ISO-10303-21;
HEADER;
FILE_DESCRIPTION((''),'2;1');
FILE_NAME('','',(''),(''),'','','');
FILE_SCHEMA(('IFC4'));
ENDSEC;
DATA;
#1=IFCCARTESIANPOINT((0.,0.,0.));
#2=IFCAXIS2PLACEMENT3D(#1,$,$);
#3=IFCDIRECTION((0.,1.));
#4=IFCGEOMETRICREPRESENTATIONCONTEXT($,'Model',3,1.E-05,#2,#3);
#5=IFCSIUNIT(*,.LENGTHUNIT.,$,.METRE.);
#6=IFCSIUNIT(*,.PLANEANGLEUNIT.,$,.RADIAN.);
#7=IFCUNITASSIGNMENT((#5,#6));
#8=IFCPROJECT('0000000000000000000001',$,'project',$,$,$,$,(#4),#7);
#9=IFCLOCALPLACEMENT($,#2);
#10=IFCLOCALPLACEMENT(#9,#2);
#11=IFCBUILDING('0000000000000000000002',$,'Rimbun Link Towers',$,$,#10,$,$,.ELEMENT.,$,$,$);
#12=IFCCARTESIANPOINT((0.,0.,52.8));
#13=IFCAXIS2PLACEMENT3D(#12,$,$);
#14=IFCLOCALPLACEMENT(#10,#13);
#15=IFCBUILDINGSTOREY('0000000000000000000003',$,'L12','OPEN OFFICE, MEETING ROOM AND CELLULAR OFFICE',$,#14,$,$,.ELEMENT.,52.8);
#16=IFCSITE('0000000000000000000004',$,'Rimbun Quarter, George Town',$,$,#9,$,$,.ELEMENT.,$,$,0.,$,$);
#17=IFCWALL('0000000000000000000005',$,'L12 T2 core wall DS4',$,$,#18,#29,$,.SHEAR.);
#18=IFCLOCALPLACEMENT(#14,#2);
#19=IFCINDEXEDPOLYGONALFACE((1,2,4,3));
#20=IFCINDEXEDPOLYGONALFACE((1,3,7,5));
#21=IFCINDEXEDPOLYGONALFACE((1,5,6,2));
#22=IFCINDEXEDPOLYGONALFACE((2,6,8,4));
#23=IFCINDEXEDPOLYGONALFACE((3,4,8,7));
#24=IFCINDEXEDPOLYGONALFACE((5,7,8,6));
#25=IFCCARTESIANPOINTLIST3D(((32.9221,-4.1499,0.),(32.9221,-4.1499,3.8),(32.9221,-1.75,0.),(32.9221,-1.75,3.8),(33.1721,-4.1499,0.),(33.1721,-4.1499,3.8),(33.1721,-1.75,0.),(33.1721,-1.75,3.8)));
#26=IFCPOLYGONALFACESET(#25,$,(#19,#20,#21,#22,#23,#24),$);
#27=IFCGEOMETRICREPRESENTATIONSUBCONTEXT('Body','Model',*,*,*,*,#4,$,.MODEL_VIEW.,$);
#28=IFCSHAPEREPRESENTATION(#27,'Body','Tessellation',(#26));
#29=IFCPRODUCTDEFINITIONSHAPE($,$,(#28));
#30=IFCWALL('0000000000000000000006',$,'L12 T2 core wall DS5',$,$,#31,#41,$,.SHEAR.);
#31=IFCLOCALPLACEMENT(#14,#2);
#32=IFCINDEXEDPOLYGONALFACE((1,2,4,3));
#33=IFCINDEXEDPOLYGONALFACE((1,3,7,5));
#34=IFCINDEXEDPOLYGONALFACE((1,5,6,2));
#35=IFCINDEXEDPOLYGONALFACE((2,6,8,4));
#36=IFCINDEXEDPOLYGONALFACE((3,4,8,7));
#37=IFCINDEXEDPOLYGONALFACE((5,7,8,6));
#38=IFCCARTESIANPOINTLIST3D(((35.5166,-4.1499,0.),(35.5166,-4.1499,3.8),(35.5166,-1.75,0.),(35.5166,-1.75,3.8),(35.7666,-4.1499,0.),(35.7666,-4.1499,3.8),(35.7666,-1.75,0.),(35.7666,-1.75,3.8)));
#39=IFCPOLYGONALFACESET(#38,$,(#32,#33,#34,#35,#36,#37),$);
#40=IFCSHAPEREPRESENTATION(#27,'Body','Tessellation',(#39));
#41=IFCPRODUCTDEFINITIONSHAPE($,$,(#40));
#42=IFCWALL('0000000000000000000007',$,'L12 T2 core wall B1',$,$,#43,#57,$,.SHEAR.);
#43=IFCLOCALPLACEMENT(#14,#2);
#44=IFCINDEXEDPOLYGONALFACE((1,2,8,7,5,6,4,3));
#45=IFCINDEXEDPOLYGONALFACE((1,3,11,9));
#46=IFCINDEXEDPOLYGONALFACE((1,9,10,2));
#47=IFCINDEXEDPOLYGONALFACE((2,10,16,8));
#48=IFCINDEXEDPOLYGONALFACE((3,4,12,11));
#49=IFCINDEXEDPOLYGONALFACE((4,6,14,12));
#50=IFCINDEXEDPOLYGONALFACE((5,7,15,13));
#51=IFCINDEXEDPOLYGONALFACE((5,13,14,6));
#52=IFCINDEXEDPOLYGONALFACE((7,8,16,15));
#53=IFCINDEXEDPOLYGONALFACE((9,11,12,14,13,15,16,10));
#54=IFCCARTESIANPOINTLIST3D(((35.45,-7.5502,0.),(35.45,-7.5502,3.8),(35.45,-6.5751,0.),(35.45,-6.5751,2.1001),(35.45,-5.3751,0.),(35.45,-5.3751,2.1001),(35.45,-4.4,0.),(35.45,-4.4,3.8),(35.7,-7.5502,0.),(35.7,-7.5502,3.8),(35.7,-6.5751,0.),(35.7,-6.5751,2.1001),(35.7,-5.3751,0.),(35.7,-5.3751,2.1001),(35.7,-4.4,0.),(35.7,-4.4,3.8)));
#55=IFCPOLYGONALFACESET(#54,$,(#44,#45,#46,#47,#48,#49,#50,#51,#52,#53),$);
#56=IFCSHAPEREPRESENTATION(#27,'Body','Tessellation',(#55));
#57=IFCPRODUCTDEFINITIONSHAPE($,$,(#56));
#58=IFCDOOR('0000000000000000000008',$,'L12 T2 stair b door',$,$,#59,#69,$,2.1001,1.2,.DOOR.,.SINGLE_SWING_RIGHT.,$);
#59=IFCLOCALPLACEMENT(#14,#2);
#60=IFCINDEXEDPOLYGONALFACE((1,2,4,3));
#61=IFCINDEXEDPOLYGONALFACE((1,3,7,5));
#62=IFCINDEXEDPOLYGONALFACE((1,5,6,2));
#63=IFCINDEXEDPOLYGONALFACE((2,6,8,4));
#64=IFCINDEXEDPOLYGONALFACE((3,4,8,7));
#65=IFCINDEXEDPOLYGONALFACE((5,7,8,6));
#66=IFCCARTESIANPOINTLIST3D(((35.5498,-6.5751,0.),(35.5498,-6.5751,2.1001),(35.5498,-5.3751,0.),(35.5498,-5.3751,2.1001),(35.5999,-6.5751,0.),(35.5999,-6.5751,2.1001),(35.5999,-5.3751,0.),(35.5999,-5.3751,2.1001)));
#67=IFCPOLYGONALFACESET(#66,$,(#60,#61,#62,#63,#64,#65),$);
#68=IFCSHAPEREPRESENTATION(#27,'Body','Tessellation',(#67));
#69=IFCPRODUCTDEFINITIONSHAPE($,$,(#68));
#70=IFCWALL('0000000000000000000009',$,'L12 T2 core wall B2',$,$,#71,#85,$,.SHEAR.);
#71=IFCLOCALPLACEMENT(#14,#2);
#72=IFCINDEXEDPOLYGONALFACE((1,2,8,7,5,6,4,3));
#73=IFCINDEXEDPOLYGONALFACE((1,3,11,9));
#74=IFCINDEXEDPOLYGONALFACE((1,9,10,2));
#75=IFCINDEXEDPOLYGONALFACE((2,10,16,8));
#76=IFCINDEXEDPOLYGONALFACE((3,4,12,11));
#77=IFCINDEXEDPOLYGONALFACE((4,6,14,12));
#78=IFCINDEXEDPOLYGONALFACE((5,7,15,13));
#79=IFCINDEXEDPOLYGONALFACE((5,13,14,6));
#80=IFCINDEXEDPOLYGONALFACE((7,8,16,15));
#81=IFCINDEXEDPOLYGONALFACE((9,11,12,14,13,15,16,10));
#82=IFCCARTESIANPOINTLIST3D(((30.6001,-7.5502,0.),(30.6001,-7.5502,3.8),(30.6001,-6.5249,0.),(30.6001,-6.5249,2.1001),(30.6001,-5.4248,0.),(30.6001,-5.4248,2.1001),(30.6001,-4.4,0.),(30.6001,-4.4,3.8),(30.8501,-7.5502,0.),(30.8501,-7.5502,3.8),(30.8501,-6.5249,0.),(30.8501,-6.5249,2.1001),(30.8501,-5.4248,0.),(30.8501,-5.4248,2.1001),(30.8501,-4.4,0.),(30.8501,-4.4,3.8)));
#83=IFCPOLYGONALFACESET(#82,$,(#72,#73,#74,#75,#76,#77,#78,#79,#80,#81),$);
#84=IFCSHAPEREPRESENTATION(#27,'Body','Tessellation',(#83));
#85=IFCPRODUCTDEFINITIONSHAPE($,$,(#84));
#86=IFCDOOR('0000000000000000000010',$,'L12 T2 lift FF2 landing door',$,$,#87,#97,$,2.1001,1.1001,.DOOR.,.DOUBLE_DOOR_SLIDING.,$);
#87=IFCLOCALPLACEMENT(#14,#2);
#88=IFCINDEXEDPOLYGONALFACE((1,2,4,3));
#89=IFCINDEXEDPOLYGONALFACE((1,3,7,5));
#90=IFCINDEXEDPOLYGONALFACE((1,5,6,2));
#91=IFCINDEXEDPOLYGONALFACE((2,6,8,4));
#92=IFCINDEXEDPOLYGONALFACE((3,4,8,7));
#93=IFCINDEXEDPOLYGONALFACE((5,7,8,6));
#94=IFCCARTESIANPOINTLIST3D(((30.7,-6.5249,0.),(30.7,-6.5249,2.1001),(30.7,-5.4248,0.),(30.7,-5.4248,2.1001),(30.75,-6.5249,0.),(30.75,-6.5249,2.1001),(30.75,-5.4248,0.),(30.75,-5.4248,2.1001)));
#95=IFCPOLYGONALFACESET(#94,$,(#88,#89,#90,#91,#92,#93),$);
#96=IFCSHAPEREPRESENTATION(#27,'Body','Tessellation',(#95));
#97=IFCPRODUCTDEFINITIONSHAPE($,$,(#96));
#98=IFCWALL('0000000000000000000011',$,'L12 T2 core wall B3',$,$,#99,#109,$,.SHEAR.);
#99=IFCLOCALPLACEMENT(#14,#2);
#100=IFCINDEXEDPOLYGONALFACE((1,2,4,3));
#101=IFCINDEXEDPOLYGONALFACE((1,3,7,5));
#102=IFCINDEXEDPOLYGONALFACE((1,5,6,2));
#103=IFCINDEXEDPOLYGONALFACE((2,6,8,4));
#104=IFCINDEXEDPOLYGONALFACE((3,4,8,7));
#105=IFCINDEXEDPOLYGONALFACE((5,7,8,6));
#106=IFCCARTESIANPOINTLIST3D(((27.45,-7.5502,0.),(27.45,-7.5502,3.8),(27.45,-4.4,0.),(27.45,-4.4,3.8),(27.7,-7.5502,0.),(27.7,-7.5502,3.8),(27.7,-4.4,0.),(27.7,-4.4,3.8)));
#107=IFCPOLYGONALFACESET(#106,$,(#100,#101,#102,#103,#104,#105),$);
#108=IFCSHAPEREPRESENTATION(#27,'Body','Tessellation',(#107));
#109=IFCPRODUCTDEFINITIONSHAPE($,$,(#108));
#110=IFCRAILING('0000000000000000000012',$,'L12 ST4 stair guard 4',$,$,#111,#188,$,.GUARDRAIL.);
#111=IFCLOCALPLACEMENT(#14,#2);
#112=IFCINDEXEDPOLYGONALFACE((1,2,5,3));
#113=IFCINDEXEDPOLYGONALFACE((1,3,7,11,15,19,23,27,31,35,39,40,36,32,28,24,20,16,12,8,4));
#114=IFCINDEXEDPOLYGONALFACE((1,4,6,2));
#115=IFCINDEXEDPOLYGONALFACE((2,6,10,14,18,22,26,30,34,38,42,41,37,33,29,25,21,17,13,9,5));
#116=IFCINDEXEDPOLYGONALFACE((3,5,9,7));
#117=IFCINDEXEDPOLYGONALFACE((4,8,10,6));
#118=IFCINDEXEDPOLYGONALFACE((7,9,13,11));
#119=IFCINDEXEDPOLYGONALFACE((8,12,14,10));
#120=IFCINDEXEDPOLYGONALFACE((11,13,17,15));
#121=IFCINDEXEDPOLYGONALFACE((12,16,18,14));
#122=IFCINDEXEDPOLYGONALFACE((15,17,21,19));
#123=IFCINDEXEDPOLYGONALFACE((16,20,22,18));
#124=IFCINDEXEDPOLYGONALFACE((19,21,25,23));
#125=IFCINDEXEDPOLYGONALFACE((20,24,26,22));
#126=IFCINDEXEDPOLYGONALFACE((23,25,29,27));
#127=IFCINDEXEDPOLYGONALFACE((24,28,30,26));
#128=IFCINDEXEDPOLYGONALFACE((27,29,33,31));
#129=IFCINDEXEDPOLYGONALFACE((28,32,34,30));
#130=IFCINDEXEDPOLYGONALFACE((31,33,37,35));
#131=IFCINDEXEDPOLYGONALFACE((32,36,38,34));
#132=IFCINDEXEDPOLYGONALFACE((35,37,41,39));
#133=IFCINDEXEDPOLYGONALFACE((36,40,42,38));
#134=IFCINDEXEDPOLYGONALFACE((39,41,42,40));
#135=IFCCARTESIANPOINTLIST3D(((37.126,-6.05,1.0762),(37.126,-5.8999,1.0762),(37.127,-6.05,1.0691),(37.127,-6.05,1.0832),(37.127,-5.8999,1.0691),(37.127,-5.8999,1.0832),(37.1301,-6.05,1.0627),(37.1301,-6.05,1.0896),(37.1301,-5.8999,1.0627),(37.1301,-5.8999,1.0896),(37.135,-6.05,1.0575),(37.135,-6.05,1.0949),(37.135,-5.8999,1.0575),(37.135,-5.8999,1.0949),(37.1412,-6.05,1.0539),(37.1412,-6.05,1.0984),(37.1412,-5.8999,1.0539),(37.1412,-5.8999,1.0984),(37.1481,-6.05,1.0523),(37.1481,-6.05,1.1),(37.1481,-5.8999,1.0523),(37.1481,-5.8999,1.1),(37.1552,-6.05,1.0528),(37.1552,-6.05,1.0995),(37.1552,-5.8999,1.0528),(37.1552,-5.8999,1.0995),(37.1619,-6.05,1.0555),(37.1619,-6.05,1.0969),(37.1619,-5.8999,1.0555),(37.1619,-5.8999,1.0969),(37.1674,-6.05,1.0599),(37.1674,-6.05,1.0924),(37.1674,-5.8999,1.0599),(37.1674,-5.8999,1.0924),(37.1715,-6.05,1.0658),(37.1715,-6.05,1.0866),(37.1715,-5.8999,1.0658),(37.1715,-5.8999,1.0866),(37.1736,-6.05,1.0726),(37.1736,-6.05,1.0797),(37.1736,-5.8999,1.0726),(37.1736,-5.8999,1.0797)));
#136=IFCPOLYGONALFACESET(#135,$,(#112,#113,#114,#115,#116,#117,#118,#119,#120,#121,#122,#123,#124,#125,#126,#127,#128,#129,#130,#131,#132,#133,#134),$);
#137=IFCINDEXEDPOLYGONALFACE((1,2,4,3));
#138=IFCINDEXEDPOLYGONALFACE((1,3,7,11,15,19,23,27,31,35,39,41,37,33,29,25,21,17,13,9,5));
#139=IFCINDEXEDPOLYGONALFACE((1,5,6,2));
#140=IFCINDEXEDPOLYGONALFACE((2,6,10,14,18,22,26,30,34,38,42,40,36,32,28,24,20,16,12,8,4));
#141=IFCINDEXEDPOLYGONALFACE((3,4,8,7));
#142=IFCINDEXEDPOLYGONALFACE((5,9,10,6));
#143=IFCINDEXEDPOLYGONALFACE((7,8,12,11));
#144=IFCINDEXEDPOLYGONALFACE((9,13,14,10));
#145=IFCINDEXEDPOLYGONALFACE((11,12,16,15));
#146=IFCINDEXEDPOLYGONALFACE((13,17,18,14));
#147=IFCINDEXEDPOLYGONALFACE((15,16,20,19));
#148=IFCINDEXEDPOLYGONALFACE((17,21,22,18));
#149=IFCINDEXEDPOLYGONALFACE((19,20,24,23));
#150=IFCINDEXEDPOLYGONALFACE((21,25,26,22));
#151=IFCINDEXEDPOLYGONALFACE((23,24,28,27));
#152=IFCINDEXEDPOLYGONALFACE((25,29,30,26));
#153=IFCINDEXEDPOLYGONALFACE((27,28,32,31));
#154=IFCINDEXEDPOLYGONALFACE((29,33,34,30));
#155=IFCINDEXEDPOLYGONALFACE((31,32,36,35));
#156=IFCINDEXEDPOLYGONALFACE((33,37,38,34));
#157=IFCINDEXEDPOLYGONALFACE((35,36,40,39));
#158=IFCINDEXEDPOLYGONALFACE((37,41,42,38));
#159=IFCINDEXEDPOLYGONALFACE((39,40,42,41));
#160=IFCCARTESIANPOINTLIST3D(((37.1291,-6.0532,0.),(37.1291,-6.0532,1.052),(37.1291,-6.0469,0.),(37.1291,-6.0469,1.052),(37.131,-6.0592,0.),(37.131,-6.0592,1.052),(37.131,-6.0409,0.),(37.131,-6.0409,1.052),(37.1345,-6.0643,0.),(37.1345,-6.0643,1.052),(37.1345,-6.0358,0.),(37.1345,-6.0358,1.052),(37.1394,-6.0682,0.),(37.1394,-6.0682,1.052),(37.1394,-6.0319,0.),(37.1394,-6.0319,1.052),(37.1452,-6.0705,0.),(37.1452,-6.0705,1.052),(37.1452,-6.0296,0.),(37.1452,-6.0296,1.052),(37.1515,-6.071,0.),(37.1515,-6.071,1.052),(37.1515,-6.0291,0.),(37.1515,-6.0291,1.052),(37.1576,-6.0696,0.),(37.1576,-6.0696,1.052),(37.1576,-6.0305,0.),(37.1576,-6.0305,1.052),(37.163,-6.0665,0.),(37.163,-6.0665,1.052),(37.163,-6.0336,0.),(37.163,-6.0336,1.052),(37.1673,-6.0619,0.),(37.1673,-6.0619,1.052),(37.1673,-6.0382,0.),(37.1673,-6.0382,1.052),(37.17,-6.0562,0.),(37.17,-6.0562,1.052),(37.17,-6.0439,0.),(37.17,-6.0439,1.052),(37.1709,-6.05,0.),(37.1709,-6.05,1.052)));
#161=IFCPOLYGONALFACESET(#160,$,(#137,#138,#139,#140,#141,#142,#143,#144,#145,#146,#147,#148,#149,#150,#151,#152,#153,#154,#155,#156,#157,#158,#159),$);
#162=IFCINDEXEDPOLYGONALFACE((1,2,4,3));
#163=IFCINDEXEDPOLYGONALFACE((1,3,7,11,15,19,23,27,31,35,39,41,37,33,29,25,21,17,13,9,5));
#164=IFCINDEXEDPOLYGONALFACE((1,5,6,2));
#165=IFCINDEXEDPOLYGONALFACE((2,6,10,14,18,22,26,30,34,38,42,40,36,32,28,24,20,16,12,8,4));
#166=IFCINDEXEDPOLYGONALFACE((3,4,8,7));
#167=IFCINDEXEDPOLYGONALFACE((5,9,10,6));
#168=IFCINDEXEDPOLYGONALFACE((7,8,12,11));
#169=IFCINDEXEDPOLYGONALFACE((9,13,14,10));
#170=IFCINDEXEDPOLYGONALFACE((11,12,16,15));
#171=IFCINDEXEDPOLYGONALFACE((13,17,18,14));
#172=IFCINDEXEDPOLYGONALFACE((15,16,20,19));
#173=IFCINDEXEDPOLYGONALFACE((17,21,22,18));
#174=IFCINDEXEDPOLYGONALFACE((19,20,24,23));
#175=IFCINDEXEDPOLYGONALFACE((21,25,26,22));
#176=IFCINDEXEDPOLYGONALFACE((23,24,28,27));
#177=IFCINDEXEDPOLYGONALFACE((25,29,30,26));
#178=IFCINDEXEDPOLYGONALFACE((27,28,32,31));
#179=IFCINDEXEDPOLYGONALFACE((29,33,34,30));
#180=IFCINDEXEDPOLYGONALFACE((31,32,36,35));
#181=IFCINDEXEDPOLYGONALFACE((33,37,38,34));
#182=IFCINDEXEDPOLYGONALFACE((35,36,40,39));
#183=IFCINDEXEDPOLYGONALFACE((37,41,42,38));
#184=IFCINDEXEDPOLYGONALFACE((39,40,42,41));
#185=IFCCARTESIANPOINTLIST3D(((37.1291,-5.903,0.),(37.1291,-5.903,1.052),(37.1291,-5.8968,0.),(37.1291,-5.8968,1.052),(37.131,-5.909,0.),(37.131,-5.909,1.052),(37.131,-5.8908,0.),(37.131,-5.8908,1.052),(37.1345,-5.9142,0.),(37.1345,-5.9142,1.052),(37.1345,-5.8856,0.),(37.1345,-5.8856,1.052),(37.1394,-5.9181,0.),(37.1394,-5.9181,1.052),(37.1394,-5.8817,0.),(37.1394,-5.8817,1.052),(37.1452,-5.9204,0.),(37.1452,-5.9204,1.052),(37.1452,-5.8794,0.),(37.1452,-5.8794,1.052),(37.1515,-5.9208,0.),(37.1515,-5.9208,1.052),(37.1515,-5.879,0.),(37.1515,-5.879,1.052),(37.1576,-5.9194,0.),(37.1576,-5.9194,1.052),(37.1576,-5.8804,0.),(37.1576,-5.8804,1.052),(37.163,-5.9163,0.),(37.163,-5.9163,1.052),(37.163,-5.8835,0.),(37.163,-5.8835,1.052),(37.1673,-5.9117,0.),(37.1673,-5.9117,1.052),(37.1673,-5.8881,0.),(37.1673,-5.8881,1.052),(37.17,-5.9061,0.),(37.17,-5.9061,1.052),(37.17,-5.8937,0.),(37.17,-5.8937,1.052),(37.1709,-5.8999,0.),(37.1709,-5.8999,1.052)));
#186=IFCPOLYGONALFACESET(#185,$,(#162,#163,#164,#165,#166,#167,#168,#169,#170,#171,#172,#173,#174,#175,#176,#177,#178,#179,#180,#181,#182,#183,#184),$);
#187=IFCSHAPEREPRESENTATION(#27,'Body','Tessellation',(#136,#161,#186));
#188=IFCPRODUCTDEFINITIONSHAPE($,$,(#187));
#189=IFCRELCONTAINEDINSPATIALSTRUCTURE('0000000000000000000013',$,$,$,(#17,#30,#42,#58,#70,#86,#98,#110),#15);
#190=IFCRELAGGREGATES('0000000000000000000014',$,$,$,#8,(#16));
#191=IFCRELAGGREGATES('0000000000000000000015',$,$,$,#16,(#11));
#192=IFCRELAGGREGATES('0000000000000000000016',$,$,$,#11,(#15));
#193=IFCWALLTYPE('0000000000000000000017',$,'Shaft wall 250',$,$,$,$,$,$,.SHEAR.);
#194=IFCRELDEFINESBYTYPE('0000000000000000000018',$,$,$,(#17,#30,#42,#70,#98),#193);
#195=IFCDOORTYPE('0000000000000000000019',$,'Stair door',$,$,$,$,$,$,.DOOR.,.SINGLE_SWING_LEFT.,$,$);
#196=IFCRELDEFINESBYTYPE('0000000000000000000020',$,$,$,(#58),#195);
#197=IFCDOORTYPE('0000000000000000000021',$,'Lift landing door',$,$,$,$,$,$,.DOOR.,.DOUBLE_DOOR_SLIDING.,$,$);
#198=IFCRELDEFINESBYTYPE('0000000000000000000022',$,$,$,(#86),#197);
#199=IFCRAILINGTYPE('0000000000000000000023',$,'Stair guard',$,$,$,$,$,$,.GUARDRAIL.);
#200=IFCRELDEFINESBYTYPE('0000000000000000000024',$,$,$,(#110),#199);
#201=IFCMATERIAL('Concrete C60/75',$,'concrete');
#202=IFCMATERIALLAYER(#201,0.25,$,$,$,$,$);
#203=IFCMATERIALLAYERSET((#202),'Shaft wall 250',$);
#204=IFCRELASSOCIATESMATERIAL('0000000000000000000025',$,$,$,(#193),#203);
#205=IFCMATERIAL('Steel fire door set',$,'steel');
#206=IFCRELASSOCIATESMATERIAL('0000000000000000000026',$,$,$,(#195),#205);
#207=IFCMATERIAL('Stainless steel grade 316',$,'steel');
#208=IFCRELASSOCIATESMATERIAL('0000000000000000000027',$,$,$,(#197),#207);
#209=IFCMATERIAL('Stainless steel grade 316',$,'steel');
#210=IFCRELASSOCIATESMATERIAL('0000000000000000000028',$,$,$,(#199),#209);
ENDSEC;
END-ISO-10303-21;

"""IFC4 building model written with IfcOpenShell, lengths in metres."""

from ifc_helpers import new_model, si_unit, direction, frame, frame_2d, origin, origin_2d, place, context, subcontext, project, spatial, rectangle, circle, extrude, material, layer, layer_set, type_object, element, fill, save


model = new_model("IFC4")

# Units and contexts
model_context = context("Model", 3, precision=1e-05, world=origin(), true_north=direction((0.0, 1.0)))
body_context = subcontext(model_context, "Body", "Model", "MODEL_VIEW")
ifc_project = project(units=[si_unit("LENGTHUNIT", "METRE"), si_unit("PLANEANGLEUNIT", "RADIAN")], contexts=[model_context])

# Site, building, storey
site_placement = place(None, origin())
site = spatial("IfcSite", under=ifc_project, at=site_placement, Name="Rimbun Quarter, George Town", CompositionType="ELEMENT", RefElevation=0.0)
building_placement = place(site_placement, origin())
building = spatial("IfcBuilding", under=site, at=building_placement, Name="Rimbun Link Towers", CompositionType="ELEMENT")
storey_placement = place(building_placement, frame((0.0, 0.0, 52.8)))
storey = spatial("IfcBuildingStorey", under=building, at=storey_placement, Name="L12", Description="OPEN OFFICE, MEETING ROOM AND CELLULAR OFFICE", CompositionType="ELEMENT", Elevation=52.8)

# Walls
ifc_material_1 = material(Name="Concrete C60/75", Category="concrete")
ifc_layer = layer(ifc_material_1, 0.25)
ifc_layer_set = layer_set([ifc_layer], Name="Shaft wall 250")
wall_type = type_object("IfcWallType", Name="Shaft wall 250", PredefinedType="SHEAR", material=ifc_layer_set)
for number, where, z_axis, x_axis, name in (
    (1, (33.0471, -4.1499, 0.0), (0.0, 0.0, 1.0), (0.0, 1.0, 0.0), "L12 T2 core wall DS4"),
    (2, (35.6416, -4.1499, 0.0), (0.0, 0.0, 1.0), (0.0, 1.0, 0.0), "L12 T2 core wall DS5"),
):
    element("IfcWall", number, at=place(storey_placement, frame(where, z_axis=z_axis, x_axis=x_axis)), inside=storey, type_object=wall_type, Name=name, PredefinedType="SHEAR", context=body_context, shape_type="SweptSolid", body=[
        extrude(rectangle(XDim=2.3999, YDim=0.25, at=frame_2d((1.2, 0.0))), origin(), (0.0, 0.0, 1.0), 3.8),
    ])

# Walls, openings, doors
wall_1_placement = place(storey_placement, frame((35.575, -4.3999, 0.0), z_axis=(0.0, 0.0, 1.0), x_axis=(0.0, -1.0, 0.0)))
wall_1 = element("IfcWall", 3, at=wall_1_placement, inside=storey, type_object=wall_type, Name="L12 T2 core wall B1", PredefinedType="SHEAR", context=body_context, shape_type="SweptSolid", body=[
    extrude(rectangle(XDim=3.1501, YDim=0.25, at=frame_2d((1.5752, 0.0))), origin(), (0.0, 0.0, 1.0), 3.8),
])
opening_1_placement = place(wall_1_placement, frame((0.9751, 0.0, 0.0)))
opening_1 = element("IfcOpeningElement", 4, at=opening_1_placement, cuts=wall_1, PredefinedType="OPENING", context=body_context, shape_type="SweptSolid", body=[
    extrude(rectangle(XDim=1.2, YDim=2.1001, at=frame_2d((0.6001, 1.05))), frame((0.0, 0.135, 0.0), z_axis=(0.0, -1.0, 0.0), x_axis=(1.0, 0.0, 0.0)), (0.0, 0.0, 1.0), 0.27),
])
ifc_material_2 = material(Name="Steel fire door set", Category="steel")
door_type_1 = type_object("IfcDoorType", Name="Stair door", OperationType="SINGLE_SWING_LEFT", PredefinedType="DOOR", material=ifc_material_2)
door_1_placement = place(opening_1_placement, origin())
door_1 = element("IfcDoor", 5, at=door_1_placement, inside=storey, type_object=door_type_1, Name="L12 T2 stair b door", OperationType="SINGLE_SWING_RIGHT", OverallHeight=2.1001, OverallWidth=1.2, PredefinedType="DOOR", context=body_context, shape_type="SweptSolid", body=[
    extrude(rectangle(XDim=1.2, YDim=2.1001, at=frame_2d((0.6001, 1.05))), frame((0.0, 0.0249, 0.0), z_axis=(0.0, -1.0, 0.0), x_axis=(1.0, 0.0, 0.0)), (0.0, 0.0, 1.0), 0.05),
])
fill(opening_1, door_1)
wall_2_placement = place(storey_placement, frame((30.7251, -4.3999, 0.0), z_axis=(0.0, 0.0, 1.0), x_axis=(0.0, -1.0, 0.0)))
wall_2 = element("IfcWall", 6, at=wall_2_placement, inside=storey, type_object=wall_type, Name="L12 T2 core wall B2", PredefinedType="SHEAR", context=body_context, shape_type="SweptSolid", body=[
    extrude(rectangle(XDim=3.1501, YDim=0.25, at=frame_2d((1.5752, 0.0))), origin(), (0.0, 0.0, 1.0), 3.8),
])
opening_2_placement = place(wall_2_placement, frame((1.0249, 0.0, 0.0)))
opening_2 = element("IfcOpeningElement", 7, at=opening_2_placement, cuts=wall_2, PredefinedType="OPENING", context=body_context, shape_type="SweptSolid", body=[
    extrude(rectangle(XDim=1.1001, YDim=2.1001, at=frame_2d((0.55, 1.05))), frame((0.0, 0.135, 0.0), z_axis=(0.0, -1.0, 0.0), x_axis=(1.0, 0.0, 0.0)), (0.0, 0.0, 1.0), 0.27),
])
ifc_material_3 = material(Name="Stainless steel grade 316", Category="steel")
door_type_2 = type_object("IfcDoorType", Name="Lift landing door", OperationType="DOUBLE_DOOR_SLIDING", PredefinedType="DOOR", material=ifc_material_3)
door_2_placement = place(opening_2_placement, origin())
door_2 = element("IfcDoor", 8, at=door_2_placement, inside=storey, type_object=door_type_2, Name="L12 T2 lift FF2 landing door", OperationType="DOUBLE_DOOR_SLIDING", OverallHeight=2.1001, OverallWidth=1.1001, PredefinedType="DOOR", context=body_context, shape_type="SweptSolid", body=[
    extrude(rectangle(XDim=1.1001, YDim=2.1001, at=frame_2d((0.55, 1.05))), frame((0.0, 0.0249, 0.0), z_axis=(0.0, -1.0, 0.0), x_axis=(1.0, 0.0, 0.0)), (0.0, 0.0, 1.0), 0.05),
])
fill(opening_2, door_2)

# Wall
wall_3_placement = place(storey_placement, frame((27.575, -4.3999, 0.0), z_axis=(0.0, 0.0, 1.0), x_axis=(0.0, -1.0, 0.0)))
element("IfcWall", 9, at=wall_3_placement, inside=storey, type_object=wall_type, Name="L12 T2 core wall B3", PredefinedType="SHEAR", context=body_context, shape_type="SweptSolid", body=[
    extrude(rectangle(XDim=3.1501, YDim=0.25, at=frame_2d((1.5752, 0.0))), origin(), (0.0, 0.0, 1.0), 3.8),
])

# Railing
ifc_material_4 = material(Name="Stainless steel grade 316", Category="steel")
railing_type_1 = type_object("IfcRailingType", Name="Stair guard", PredefinedType="GUARDRAIL", material=ifc_material_4)
railing_1_placement = place(storey_placement, frame((37.1499, -6.05, 0.0)))
element("IfcRailing", 10, at=railing_1_placement, inside=storey, type_object=railing_type_1, Name="L12 ST4 stair guard 4", PredefinedType="GUARDRAIL", context=body_context, shape_type="SweptSolid", body=[
    extrude(circle(Radius=0.0239, at=origin_2d()), frame((0.0, 0.0, 1.0762), z_axis=(0.0, 1.0, 0.0), x_axis=(-1.0, 0.0, 0.0)), (0.0, 0.0, 1.0), 0.1501),
    extrude(circle(Radius=0.021, at=origin_2d()), origin(), (0.0, 0.0, 1.0), 1.052),
    extrude(circle(Radius=0.021, at=origin_2d()), frame((0.0, 0.1501, 0.0)), (0.0, 0.0, 1.0), 1.052),
])

save(model, "model.ifc")
